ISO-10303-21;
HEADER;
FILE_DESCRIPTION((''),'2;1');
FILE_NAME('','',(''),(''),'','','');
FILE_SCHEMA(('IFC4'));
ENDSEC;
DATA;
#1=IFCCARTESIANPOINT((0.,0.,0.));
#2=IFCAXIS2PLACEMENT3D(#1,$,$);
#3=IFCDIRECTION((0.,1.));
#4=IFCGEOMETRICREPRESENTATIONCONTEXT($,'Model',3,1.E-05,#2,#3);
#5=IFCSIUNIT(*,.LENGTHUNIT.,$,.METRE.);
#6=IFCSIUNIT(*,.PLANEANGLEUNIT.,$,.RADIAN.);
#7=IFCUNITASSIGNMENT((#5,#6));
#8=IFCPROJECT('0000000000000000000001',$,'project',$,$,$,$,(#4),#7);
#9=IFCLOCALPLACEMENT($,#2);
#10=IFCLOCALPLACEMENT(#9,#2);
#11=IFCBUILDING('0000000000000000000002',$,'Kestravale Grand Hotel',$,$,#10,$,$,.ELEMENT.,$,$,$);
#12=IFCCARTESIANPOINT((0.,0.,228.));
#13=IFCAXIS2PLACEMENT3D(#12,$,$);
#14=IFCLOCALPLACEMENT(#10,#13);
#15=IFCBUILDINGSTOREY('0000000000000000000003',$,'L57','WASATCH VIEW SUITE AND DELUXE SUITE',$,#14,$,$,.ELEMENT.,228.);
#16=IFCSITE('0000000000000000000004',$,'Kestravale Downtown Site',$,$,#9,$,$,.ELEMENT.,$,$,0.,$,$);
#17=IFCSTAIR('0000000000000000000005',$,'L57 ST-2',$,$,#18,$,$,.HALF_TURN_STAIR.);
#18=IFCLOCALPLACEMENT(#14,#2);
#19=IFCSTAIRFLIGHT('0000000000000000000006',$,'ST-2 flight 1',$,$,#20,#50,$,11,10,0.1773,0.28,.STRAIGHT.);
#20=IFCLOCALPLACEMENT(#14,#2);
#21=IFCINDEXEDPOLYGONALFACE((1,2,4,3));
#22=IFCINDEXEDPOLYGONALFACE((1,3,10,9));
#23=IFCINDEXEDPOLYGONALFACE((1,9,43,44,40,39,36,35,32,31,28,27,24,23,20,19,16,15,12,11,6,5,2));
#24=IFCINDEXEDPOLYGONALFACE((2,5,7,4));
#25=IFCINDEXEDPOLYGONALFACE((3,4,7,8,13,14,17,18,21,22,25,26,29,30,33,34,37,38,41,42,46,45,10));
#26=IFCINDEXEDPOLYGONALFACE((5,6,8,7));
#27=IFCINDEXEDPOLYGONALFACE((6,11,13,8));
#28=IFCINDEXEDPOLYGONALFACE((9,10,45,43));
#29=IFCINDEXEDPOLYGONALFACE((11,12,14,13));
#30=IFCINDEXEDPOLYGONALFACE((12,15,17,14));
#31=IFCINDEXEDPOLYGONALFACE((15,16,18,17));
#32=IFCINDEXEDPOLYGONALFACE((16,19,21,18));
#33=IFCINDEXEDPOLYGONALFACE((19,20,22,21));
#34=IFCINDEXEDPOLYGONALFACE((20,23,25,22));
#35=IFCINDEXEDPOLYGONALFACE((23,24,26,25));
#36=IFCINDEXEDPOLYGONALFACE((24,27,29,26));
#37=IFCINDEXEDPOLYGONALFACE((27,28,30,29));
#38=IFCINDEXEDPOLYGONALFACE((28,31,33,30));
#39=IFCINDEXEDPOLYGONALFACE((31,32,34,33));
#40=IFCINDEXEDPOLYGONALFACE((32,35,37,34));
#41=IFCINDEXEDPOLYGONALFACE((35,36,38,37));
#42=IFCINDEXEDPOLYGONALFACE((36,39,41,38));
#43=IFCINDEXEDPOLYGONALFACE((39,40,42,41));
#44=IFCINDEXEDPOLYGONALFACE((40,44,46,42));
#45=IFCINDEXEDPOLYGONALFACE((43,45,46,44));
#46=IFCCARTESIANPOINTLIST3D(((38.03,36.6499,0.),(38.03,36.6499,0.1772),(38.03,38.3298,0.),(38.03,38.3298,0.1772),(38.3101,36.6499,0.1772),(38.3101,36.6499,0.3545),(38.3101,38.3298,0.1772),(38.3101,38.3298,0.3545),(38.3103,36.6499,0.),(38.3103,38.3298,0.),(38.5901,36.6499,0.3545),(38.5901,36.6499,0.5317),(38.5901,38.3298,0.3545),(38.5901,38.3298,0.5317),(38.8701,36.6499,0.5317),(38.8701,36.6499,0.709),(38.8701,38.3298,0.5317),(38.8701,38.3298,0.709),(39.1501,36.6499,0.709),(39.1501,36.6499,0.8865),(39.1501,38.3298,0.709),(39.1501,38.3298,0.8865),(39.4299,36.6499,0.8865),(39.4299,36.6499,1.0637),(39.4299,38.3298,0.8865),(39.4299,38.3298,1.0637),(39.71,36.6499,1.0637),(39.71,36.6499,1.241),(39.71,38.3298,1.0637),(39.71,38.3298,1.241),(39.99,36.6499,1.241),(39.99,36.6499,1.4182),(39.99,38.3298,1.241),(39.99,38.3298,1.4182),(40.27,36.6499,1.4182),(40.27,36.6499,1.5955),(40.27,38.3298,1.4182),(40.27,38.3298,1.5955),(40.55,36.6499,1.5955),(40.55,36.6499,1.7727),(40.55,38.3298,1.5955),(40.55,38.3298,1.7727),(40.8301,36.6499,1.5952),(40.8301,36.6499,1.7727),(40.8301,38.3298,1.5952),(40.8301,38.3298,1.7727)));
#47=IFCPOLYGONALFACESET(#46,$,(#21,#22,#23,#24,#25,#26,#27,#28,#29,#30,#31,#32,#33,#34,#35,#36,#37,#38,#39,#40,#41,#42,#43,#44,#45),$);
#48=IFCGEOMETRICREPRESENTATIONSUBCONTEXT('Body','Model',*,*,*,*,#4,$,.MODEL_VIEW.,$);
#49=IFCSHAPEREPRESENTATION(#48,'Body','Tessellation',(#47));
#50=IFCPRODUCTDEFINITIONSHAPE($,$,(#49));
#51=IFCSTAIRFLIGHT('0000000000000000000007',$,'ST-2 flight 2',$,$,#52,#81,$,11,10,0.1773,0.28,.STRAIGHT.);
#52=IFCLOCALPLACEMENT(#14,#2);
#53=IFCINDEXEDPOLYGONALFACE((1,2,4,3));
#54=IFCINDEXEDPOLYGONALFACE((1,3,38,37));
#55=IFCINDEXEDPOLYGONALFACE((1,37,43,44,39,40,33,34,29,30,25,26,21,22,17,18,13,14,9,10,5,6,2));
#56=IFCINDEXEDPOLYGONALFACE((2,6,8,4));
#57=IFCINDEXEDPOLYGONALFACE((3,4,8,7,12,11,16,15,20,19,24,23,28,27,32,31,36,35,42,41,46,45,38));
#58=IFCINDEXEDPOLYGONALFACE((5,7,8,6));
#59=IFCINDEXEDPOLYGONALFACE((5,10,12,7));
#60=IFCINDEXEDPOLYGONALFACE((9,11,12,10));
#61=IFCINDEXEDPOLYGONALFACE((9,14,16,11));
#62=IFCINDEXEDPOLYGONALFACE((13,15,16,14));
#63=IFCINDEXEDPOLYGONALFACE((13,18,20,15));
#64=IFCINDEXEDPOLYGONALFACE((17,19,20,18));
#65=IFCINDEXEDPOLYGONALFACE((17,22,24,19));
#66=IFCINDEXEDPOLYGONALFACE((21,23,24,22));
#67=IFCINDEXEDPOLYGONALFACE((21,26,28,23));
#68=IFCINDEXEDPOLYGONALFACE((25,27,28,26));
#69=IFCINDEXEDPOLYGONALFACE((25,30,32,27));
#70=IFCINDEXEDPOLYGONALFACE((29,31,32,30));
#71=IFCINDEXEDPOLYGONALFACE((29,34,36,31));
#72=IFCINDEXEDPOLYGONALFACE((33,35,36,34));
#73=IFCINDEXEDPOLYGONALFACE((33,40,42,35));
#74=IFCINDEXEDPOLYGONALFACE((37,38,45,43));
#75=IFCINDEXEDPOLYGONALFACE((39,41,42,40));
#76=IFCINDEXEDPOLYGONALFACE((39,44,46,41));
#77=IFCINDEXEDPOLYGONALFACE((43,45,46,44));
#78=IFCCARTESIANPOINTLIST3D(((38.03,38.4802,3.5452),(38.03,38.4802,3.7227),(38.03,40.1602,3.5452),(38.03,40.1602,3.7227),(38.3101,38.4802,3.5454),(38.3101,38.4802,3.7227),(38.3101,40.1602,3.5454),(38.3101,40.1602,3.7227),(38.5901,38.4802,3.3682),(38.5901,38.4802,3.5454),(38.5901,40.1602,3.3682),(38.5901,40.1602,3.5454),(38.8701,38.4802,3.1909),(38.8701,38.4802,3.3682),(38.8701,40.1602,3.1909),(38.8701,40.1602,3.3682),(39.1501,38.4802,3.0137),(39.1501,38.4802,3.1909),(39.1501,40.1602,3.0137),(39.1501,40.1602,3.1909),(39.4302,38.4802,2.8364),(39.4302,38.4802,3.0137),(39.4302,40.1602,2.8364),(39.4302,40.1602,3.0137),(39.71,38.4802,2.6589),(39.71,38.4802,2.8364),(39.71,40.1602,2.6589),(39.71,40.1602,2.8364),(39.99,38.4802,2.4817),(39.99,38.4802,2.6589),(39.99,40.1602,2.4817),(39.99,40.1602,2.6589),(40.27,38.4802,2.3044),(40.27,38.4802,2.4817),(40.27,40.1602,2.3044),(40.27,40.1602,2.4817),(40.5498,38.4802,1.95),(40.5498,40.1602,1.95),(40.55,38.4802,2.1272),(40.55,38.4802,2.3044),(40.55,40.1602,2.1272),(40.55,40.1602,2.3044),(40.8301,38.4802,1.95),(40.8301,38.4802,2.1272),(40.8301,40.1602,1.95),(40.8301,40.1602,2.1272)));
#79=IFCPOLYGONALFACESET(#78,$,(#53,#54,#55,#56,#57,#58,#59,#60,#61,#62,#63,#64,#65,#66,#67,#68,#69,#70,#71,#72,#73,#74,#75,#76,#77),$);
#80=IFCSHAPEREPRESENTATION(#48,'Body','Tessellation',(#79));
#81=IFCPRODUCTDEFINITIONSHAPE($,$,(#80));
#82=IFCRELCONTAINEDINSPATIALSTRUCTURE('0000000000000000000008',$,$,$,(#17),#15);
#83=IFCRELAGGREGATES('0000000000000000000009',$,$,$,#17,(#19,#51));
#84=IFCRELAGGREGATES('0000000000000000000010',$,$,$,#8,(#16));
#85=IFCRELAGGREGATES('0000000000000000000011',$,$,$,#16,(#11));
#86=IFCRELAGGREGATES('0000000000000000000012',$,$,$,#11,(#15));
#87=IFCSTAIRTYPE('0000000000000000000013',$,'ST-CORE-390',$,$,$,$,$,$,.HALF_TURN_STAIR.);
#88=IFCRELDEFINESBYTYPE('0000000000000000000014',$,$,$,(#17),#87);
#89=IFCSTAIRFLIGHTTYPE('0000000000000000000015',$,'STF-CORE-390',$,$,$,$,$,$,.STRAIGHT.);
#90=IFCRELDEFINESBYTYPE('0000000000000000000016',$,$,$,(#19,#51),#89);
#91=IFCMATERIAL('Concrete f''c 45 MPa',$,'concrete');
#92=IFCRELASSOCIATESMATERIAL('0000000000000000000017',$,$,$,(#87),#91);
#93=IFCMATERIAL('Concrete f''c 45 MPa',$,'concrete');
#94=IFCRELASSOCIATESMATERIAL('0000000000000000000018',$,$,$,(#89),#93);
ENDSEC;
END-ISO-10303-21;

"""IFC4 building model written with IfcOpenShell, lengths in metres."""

from ifc_helpers import new_model, si_unit, direction, frame, origin, place, context, subcontext, project, spatial, polyline, outline, extrude, material, type_object, element, aggregate, save


model = new_model("IFC4")

# Units and contexts
model_context = context("Model", 3, precision=1e-05, world=origin(), true_north=direction((0.0, 1.0)))
body_context = subcontext(model_context, "Body", "Model", "MODEL_VIEW")
ifc_project = project(units=[si_unit("LENGTHUNIT", "METRE"), si_unit("PLANEANGLEUNIT", "RADIAN")], contexts=[model_context])

# Site, building, storey
site_placement = place(None, origin())
site = spatial("IfcSite", under=ifc_project, at=site_placement, Name="Kestravale Downtown Site", CompositionType="ELEMENT", RefElevation=0.0)
building_placement = place(site_placement, origin())
building = spatial("IfcBuilding", under=site, at=building_placement, Name="Kestravale Grand Hotel", CompositionType="ELEMENT")
storey_placement = place(building_placement, frame((0.0, 0.0, 228.0)))
storey = spatial("IfcBuildingStorey", under=building, at=storey_placement, Name="L57", Description="WASATCH VIEW SUITE AND DELUXE SUITE", CompositionType="ELEMENT", Elevation=228.0)

# Stair, stair flights
ifc_material_1 = material(Name="Concrete f'c 45 MPa", Category="concrete")
stair_type = type_object("IfcStairType", Name="ST-CORE-390", PredefinedType="HALF_TURN_STAIR", material=ifc_material_1)
stair_placement = place(storey_placement, origin())
stair = element("IfcStair", 1, at=stair_placement, inside=storey, type_object=stair_type, Name="L57 ST-2", PredefinedType="HALF_TURN_STAIR")
ifc_material_2 = material(Name="Concrete f'c 45 MPa", Category="concrete")
stair_flight_type = type_object("IfcStairFlightType", Name="STF-CORE-390", PredefinedType="STRAIGHT", material=ifc_material_2)
stair_flight_1_placement = place(storey_placement, frame((38.03, 37.49, 0.0), z_axis=(0.0, 0.0, 1.0), x_axis=(1.0, 0.0, 0.0)))
stair_flight_1 = element("IfcStairFlight", 2, at=stair_flight_1_placement, type_object=stair_flight_type, Name="ST-2 flight 1", NumberOfRisers=11, NumberOfTreads=10, PredefinedType="STRAIGHT", RiserHeight=0.1773, TreadLength=0.28, context=body_context, shape_type="SweptSolid", body=[
    extrude(outline(polyline([(0.0, 0.0), (0.0, 0.1772), (0.28, 0.1772), (0.28, 0.3545), (0.5601, 0.3545), (0.5601, 0.5317), (0.8401, 0.5317), (0.8401, 0.709), (1.1201, 0.709), (1.1201, 0.8865), (1.3999, 0.8865), (1.3999, 1.0637), (1.6799, 1.0637), (1.6799, 1.241), (1.96, 1.241), (1.96, 1.4182), (2.24, 1.4182), (2.24, 1.5955), (2.52, 1.5955), (2.52, 1.7727), (2.8, 1.7727), (2.8, 1.95), (2.8, 1.5952), (0.2803, 0.0), (0.0, 0.0)])), frame((0.0, 0.8398, 0.0), z_axis=(0.0, -1.0, 0.0), x_axis=(1.0, 0.0, 0.0)), (0.0, 0.0, 1.0), 1.6799),
])
stair_flight_2_placement = place(storey_placement, frame((40.8301, 39.3201, 1.95), z_axis=(0.0, 0.0, 1.0), x_axis=(-1.0, 0.0, 0.0)))
stair_flight_2 = element("IfcStairFlight", 3, at=stair_flight_2_placement, type_object=stair_flight_type, Name="ST-2 flight 2", NumberOfRisers=11, NumberOfTreads=10, PredefinedType="STRAIGHT", RiserHeight=0.1773, TreadLength=0.28, context=body_context, shape_type="SweptSolid", body=[
    extrude(outline(polyline([(0.0, 0.0), (0.0, 0.1772), (0.28, 0.1772), (0.28, 0.3545), (0.5601, 0.3545), (0.5601, 0.5317), (0.8401, 0.5317), (0.8401, 0.709), (1.1201, 0.709), (1.1201, 0.8865), (1.3999, 0.8865), (1.3999, 1.0637), (1.6799, 1.0637), (1.6799, 1.241), (1.96, 1.241), (1.96, 1.4182), (2.24, 1.4182), (2.24, 1.5955), (2.52, 1.5955), (2.52, 1.7727), (2.8, 1.7727), (2.8, 1.95), (2.8, 1.5952), (0.2803, 0.0), (0.0, 0.0)])), frame((0.0, 0.8398, 0.0), z_axis=(0.0, -1.0, 0.0), x_axis=(1.0, 0.0, 0.0)), (0.0, 0.0, 1.0), 1.6799),
])
aggregate(stair, [stair_flight_1, stair_flight_2])

save(model, "model.ifc")
